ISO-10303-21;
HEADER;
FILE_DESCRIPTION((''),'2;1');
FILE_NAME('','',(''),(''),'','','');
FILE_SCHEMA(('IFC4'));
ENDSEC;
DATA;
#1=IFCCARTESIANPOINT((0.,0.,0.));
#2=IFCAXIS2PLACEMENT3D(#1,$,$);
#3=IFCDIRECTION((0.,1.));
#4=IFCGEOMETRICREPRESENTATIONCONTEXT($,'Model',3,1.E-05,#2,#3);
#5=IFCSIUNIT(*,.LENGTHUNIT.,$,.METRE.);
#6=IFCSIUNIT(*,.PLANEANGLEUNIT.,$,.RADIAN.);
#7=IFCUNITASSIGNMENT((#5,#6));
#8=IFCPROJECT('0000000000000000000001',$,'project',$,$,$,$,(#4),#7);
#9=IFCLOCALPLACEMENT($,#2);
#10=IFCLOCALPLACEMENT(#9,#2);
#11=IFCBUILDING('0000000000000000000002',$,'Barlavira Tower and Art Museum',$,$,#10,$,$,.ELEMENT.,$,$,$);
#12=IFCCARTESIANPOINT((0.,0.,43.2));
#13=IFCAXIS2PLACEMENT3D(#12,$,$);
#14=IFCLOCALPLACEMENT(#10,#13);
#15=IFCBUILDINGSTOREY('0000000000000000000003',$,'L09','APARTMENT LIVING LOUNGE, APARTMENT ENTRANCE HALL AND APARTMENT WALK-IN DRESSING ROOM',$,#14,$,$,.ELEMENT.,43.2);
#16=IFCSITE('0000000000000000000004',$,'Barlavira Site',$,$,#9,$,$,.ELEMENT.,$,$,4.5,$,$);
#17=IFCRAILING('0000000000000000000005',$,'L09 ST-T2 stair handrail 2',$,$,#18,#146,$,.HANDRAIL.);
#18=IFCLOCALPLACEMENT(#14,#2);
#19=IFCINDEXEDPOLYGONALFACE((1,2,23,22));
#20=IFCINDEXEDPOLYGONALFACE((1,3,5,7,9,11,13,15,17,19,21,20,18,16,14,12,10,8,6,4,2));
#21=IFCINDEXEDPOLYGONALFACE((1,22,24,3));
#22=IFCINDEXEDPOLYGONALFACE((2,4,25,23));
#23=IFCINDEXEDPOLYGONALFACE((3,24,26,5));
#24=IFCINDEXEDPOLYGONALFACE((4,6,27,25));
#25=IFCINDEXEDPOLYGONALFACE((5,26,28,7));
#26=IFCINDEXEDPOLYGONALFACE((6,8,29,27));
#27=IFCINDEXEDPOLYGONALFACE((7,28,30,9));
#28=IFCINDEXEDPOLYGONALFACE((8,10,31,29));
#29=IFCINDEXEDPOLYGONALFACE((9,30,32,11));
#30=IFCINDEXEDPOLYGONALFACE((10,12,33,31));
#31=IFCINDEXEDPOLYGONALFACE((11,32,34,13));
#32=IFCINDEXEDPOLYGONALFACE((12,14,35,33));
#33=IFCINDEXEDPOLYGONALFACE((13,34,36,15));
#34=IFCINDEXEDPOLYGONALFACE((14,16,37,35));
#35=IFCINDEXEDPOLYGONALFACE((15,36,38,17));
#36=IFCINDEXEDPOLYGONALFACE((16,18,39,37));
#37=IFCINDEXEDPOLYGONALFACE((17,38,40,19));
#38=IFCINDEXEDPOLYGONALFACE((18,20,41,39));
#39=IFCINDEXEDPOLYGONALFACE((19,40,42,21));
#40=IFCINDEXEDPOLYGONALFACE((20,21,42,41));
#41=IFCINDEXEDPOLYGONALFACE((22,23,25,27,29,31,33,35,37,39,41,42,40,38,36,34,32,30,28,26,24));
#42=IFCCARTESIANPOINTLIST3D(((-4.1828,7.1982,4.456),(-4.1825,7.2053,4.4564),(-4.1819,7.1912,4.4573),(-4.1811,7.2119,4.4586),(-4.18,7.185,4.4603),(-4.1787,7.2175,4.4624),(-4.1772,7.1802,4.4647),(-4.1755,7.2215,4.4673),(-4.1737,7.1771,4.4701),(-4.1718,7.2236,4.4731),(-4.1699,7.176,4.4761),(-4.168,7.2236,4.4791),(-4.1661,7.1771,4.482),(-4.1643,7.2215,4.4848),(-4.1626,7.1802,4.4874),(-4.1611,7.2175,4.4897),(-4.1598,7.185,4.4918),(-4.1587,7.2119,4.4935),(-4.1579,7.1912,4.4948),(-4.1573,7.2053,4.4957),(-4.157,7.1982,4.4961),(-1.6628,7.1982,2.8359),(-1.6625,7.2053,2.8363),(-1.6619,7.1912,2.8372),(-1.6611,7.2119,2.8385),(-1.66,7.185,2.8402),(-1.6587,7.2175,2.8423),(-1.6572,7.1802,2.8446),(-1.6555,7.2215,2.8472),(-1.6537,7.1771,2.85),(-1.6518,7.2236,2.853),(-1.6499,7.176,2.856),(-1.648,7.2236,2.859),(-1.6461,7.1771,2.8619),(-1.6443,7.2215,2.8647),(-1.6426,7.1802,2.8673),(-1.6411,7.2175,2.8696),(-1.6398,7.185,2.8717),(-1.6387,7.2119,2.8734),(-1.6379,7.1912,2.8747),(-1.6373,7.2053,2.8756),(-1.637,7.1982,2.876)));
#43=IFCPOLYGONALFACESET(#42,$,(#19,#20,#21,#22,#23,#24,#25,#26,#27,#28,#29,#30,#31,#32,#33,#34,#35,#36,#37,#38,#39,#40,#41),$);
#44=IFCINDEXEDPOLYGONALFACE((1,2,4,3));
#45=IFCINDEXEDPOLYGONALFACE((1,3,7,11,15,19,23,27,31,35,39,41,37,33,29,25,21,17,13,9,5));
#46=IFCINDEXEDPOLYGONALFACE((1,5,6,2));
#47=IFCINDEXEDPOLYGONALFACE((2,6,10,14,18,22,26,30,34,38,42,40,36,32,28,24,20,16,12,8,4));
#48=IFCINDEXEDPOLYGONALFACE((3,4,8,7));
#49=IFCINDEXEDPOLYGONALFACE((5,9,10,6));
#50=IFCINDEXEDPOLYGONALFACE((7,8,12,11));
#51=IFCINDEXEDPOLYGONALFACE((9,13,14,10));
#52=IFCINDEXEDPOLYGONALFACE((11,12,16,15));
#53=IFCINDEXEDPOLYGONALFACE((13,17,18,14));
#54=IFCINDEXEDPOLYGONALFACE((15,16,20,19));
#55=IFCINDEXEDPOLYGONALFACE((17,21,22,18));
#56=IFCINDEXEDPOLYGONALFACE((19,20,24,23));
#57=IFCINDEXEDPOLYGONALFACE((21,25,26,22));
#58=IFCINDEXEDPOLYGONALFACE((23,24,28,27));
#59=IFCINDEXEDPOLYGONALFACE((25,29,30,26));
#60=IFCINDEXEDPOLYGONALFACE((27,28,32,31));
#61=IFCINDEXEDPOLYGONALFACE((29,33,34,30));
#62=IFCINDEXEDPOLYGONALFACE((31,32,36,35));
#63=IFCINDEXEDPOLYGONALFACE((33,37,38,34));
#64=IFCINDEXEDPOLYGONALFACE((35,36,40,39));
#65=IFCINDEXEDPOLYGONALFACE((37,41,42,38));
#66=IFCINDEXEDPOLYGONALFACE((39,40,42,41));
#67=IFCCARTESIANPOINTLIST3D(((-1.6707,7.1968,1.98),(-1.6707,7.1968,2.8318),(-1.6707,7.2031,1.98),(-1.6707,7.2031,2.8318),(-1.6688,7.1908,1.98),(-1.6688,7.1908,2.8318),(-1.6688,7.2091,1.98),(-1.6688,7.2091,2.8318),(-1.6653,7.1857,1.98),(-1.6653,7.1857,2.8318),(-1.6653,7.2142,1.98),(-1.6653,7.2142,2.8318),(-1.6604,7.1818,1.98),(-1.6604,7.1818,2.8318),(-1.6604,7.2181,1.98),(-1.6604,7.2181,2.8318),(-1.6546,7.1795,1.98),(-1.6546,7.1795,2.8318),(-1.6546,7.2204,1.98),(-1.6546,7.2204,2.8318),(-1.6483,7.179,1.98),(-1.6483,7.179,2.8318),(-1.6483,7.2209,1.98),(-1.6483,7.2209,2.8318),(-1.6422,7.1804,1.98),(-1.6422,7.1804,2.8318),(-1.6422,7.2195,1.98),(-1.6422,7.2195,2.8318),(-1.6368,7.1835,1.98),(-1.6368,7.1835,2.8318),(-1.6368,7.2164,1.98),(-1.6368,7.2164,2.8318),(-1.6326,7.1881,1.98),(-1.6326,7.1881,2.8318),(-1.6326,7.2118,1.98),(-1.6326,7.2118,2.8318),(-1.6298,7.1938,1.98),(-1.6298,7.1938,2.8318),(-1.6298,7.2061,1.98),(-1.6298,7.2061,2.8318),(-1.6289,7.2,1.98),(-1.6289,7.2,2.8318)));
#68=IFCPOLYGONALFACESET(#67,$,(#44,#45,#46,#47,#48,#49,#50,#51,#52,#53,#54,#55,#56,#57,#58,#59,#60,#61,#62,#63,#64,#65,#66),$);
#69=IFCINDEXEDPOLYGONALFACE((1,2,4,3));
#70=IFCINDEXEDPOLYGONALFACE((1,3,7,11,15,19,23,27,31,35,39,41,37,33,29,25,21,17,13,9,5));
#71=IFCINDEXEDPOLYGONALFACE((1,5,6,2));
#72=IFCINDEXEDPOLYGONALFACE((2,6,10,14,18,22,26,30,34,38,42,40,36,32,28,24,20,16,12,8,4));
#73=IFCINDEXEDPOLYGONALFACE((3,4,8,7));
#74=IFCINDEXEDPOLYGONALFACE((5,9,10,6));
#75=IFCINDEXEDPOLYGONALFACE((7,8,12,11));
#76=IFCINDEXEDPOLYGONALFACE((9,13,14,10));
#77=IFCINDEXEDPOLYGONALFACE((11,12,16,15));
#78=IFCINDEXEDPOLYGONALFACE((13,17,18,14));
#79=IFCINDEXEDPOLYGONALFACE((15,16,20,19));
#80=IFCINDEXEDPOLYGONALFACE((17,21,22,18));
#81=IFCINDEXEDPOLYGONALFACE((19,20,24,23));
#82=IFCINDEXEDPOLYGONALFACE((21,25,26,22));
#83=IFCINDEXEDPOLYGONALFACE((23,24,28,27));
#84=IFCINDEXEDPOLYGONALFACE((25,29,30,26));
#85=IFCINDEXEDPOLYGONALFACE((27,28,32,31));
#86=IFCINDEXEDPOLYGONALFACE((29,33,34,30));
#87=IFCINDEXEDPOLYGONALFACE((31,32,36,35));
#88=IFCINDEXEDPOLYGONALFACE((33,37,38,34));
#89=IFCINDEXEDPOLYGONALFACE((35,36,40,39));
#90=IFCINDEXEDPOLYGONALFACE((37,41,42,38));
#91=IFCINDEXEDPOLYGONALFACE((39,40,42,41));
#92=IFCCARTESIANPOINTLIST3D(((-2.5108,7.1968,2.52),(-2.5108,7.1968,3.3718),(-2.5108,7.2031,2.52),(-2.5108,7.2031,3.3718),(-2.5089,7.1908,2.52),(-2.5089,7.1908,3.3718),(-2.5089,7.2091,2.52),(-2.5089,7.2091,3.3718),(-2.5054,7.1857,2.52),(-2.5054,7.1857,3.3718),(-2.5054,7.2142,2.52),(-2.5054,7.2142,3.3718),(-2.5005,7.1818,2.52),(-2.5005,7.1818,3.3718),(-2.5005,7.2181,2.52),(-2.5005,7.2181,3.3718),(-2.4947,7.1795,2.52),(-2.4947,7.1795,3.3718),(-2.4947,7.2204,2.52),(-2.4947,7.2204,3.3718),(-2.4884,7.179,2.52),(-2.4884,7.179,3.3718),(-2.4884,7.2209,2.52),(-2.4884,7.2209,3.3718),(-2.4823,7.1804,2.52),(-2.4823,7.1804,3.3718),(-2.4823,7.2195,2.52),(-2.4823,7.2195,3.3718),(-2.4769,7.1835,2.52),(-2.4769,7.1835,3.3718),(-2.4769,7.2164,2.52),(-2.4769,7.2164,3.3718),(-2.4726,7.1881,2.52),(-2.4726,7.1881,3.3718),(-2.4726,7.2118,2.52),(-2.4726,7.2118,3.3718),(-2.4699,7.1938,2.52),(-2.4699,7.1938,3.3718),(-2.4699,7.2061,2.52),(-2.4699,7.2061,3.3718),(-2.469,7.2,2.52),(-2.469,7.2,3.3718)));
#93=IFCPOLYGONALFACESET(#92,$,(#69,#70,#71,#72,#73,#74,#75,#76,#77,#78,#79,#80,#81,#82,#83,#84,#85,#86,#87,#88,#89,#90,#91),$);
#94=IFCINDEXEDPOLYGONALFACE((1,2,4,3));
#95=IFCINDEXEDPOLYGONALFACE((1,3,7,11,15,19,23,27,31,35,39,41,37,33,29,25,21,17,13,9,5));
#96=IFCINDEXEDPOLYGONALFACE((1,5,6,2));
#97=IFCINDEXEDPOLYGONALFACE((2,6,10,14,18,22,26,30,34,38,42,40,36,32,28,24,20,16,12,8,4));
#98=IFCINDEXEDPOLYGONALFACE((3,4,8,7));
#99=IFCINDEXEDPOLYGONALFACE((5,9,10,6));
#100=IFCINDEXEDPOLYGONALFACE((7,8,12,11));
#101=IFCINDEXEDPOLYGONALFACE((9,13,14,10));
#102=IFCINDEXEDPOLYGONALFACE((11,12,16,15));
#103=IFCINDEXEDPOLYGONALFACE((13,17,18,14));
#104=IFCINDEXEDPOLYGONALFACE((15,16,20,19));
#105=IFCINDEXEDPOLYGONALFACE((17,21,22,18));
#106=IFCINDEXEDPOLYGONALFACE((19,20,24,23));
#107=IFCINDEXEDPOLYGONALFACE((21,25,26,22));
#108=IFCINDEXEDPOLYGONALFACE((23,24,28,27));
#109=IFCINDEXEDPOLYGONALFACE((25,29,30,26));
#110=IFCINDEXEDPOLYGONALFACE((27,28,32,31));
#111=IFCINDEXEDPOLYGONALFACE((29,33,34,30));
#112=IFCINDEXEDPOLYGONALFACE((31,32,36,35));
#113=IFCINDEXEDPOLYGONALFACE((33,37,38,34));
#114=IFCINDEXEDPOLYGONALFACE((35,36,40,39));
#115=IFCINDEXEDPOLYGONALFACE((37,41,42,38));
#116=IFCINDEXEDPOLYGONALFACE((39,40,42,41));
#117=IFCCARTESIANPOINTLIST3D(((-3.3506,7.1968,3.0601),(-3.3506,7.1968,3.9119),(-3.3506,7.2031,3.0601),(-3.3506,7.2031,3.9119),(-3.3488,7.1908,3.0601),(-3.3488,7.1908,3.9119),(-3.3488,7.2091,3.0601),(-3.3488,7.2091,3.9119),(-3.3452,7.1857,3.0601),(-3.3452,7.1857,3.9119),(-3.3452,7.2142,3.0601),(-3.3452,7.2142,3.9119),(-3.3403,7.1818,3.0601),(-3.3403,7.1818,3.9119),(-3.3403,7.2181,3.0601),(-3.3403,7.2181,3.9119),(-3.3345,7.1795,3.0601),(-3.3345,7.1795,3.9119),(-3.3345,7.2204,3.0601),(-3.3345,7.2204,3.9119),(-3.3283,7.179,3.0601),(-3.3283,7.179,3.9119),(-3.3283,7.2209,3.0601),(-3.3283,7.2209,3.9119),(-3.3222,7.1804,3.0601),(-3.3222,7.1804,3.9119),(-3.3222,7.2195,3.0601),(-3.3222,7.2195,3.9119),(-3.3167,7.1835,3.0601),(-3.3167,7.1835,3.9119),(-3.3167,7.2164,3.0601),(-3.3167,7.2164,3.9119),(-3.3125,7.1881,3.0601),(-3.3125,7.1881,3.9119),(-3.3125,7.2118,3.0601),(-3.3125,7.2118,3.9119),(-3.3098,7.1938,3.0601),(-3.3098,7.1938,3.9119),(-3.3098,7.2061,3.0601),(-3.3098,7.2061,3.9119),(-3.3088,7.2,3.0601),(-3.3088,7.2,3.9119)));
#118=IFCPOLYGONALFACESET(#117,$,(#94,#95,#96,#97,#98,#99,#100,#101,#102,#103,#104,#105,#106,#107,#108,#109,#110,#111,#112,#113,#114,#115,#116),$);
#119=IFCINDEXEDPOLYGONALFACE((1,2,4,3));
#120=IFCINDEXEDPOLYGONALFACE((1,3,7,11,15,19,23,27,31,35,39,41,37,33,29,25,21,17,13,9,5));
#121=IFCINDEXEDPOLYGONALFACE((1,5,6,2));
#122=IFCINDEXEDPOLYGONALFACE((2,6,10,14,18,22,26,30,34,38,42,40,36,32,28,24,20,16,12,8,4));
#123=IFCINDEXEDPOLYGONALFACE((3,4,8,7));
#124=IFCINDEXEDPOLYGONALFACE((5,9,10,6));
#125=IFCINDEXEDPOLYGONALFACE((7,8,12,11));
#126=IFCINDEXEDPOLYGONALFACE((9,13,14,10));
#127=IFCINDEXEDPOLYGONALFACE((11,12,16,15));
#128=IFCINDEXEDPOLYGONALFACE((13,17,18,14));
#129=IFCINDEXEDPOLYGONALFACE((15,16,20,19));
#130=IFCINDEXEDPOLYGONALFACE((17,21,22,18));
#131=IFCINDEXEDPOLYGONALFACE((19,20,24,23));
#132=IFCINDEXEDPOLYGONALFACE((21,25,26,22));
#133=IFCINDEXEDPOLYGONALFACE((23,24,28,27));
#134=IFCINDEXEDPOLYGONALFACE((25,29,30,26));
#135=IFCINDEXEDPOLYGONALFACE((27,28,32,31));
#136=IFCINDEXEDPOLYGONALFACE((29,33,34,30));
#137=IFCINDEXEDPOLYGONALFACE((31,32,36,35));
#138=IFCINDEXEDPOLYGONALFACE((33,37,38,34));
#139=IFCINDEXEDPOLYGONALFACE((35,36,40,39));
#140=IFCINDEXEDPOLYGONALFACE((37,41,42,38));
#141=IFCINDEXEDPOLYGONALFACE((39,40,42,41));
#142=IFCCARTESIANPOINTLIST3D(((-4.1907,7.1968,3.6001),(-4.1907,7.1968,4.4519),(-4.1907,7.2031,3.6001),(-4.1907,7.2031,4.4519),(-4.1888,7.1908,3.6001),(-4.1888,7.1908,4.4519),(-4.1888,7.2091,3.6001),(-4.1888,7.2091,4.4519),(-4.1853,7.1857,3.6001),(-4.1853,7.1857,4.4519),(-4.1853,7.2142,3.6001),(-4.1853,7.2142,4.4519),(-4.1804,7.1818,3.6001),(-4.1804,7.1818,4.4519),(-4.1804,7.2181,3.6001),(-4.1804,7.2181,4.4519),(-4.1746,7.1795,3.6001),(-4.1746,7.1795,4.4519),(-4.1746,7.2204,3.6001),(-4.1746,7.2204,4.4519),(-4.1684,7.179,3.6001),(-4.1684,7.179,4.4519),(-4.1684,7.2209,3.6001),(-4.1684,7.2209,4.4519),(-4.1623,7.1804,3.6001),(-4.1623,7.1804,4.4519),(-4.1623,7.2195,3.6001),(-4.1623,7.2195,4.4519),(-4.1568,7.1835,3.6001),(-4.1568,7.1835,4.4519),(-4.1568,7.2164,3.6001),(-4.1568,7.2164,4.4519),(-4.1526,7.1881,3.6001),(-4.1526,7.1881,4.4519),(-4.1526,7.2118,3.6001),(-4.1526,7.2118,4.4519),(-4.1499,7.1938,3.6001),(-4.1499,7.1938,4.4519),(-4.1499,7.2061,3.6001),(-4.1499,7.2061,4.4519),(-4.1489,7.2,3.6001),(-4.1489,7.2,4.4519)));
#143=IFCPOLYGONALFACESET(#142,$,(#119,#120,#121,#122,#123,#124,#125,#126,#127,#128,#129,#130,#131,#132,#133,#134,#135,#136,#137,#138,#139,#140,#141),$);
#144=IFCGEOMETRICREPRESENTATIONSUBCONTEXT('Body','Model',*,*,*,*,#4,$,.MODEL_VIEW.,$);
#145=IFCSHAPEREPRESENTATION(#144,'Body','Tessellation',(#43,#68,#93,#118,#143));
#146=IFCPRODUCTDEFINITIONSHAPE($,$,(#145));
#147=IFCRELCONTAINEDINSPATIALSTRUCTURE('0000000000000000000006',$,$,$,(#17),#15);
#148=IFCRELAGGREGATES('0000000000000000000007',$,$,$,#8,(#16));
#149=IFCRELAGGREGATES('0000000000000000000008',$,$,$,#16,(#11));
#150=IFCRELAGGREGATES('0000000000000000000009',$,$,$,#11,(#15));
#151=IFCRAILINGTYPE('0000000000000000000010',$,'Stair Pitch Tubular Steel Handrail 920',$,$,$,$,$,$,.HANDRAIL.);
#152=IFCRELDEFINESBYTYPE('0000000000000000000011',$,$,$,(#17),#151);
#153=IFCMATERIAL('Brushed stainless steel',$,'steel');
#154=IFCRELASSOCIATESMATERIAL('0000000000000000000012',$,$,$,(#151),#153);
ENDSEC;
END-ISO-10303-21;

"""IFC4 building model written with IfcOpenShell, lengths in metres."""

from ifc_helpers import new_model, si_unit, direction, frame, origin, origin_2d, place, context, subcontext, project, spatial, circle, extrude, material, type_object, element, save


model = new_model("IFC4")

# Units and contexts
model_context = context("Model", 3, precision=1e-05, world=origin(), true_north=direction((0.0, 1.0)))
body_context = subcontext(model_context, "Body", "Model", "MODEL_VIEW")
ifc_project = project(units=[si_unit("LENGTHUNIT", "METRE"), si_unit("PLANEANGLEUNIT", "RADIAN")], contexts=[model_context])

# Site, building, storey
site_placement = place(None, origin())
site = spatial("IfcSite", under=ifc_project, at=site_placement, Name="Barlavira Site", CompositionType="ELEMENT", RefElevation=4.5)
building_placement = place(site_placement, origin())
building = spatial("IfcBuilding", under=site, at=building_placement, Name="Barlavira Tower and Art Museum", CompositionType="ELEMENT")
storey_placement = place(building_placement, frame((0.0, 0.0, 43.2)))
storey = spatial("IfcBuildingStorey", under=building, at=storey_placement, Name="L09", Description="APARTMENT LIVING LOUNGE, APARTMENT ENTRANCE HALL AND APARTMENT WALK-IN DRESSING ROOM", CompositionType="ELEMENT", Elevation=43.2)

# Shared definitions
ifc_material_1 = material(Name="Brushed stainless steel", Category="steel")

# Railing
railing_type_1 = type_object("IfcRailingType", Name="Stair Pitch Tubular Steel Handrail 920", PredefinedType="HANDRAIL", material=ifc_material_1)
railing_1_placement = place(storey_placement, frame((-1.6499, 7.2, 1.98)))
element("IfcRailing", 1, at=railing_1_placement, inside=storey, type_object=railing_type_1, Name="L09 ST-T2 stair handrail 2", PredefinedType="HANDRAIL", context=body_context, shape_type="SweptSolid", body=[
    extrude(circle(Radius=0.0239, at=origin_2d()), frame((0.0, 0.0, 0.876), z_axis=(-0.841163, 0.0, 0.540782), x_axis=(0.0, -1.0, 0.0)), (0.0, 0.0, 1.0), 2.9958),
    extrude(circle(Radius=0.021, at=origin_2d()), origin(), (0.0, 0.0, 1.0), 0.8518),
    extrude(circle(Radius=0.021, at=origin_2d()), frame((-0.8401, 0.0, 0.54)), (0.0, 0.0, 1.0), 0.8518),
    extrude(circle(Radius=0.021, at=origin_2d()), frame((-1.6799, 0.0, 1.0801)), (0.0, 0.0, 1.0), 0.8518),
    extrude(circle(Radius=0.021, at=origin_2d()), frame((-2.52, 0.0, 1.6201)), (0.0, 0.0, 1.0), 0.8518),
])

save(model, "model.ifc")
